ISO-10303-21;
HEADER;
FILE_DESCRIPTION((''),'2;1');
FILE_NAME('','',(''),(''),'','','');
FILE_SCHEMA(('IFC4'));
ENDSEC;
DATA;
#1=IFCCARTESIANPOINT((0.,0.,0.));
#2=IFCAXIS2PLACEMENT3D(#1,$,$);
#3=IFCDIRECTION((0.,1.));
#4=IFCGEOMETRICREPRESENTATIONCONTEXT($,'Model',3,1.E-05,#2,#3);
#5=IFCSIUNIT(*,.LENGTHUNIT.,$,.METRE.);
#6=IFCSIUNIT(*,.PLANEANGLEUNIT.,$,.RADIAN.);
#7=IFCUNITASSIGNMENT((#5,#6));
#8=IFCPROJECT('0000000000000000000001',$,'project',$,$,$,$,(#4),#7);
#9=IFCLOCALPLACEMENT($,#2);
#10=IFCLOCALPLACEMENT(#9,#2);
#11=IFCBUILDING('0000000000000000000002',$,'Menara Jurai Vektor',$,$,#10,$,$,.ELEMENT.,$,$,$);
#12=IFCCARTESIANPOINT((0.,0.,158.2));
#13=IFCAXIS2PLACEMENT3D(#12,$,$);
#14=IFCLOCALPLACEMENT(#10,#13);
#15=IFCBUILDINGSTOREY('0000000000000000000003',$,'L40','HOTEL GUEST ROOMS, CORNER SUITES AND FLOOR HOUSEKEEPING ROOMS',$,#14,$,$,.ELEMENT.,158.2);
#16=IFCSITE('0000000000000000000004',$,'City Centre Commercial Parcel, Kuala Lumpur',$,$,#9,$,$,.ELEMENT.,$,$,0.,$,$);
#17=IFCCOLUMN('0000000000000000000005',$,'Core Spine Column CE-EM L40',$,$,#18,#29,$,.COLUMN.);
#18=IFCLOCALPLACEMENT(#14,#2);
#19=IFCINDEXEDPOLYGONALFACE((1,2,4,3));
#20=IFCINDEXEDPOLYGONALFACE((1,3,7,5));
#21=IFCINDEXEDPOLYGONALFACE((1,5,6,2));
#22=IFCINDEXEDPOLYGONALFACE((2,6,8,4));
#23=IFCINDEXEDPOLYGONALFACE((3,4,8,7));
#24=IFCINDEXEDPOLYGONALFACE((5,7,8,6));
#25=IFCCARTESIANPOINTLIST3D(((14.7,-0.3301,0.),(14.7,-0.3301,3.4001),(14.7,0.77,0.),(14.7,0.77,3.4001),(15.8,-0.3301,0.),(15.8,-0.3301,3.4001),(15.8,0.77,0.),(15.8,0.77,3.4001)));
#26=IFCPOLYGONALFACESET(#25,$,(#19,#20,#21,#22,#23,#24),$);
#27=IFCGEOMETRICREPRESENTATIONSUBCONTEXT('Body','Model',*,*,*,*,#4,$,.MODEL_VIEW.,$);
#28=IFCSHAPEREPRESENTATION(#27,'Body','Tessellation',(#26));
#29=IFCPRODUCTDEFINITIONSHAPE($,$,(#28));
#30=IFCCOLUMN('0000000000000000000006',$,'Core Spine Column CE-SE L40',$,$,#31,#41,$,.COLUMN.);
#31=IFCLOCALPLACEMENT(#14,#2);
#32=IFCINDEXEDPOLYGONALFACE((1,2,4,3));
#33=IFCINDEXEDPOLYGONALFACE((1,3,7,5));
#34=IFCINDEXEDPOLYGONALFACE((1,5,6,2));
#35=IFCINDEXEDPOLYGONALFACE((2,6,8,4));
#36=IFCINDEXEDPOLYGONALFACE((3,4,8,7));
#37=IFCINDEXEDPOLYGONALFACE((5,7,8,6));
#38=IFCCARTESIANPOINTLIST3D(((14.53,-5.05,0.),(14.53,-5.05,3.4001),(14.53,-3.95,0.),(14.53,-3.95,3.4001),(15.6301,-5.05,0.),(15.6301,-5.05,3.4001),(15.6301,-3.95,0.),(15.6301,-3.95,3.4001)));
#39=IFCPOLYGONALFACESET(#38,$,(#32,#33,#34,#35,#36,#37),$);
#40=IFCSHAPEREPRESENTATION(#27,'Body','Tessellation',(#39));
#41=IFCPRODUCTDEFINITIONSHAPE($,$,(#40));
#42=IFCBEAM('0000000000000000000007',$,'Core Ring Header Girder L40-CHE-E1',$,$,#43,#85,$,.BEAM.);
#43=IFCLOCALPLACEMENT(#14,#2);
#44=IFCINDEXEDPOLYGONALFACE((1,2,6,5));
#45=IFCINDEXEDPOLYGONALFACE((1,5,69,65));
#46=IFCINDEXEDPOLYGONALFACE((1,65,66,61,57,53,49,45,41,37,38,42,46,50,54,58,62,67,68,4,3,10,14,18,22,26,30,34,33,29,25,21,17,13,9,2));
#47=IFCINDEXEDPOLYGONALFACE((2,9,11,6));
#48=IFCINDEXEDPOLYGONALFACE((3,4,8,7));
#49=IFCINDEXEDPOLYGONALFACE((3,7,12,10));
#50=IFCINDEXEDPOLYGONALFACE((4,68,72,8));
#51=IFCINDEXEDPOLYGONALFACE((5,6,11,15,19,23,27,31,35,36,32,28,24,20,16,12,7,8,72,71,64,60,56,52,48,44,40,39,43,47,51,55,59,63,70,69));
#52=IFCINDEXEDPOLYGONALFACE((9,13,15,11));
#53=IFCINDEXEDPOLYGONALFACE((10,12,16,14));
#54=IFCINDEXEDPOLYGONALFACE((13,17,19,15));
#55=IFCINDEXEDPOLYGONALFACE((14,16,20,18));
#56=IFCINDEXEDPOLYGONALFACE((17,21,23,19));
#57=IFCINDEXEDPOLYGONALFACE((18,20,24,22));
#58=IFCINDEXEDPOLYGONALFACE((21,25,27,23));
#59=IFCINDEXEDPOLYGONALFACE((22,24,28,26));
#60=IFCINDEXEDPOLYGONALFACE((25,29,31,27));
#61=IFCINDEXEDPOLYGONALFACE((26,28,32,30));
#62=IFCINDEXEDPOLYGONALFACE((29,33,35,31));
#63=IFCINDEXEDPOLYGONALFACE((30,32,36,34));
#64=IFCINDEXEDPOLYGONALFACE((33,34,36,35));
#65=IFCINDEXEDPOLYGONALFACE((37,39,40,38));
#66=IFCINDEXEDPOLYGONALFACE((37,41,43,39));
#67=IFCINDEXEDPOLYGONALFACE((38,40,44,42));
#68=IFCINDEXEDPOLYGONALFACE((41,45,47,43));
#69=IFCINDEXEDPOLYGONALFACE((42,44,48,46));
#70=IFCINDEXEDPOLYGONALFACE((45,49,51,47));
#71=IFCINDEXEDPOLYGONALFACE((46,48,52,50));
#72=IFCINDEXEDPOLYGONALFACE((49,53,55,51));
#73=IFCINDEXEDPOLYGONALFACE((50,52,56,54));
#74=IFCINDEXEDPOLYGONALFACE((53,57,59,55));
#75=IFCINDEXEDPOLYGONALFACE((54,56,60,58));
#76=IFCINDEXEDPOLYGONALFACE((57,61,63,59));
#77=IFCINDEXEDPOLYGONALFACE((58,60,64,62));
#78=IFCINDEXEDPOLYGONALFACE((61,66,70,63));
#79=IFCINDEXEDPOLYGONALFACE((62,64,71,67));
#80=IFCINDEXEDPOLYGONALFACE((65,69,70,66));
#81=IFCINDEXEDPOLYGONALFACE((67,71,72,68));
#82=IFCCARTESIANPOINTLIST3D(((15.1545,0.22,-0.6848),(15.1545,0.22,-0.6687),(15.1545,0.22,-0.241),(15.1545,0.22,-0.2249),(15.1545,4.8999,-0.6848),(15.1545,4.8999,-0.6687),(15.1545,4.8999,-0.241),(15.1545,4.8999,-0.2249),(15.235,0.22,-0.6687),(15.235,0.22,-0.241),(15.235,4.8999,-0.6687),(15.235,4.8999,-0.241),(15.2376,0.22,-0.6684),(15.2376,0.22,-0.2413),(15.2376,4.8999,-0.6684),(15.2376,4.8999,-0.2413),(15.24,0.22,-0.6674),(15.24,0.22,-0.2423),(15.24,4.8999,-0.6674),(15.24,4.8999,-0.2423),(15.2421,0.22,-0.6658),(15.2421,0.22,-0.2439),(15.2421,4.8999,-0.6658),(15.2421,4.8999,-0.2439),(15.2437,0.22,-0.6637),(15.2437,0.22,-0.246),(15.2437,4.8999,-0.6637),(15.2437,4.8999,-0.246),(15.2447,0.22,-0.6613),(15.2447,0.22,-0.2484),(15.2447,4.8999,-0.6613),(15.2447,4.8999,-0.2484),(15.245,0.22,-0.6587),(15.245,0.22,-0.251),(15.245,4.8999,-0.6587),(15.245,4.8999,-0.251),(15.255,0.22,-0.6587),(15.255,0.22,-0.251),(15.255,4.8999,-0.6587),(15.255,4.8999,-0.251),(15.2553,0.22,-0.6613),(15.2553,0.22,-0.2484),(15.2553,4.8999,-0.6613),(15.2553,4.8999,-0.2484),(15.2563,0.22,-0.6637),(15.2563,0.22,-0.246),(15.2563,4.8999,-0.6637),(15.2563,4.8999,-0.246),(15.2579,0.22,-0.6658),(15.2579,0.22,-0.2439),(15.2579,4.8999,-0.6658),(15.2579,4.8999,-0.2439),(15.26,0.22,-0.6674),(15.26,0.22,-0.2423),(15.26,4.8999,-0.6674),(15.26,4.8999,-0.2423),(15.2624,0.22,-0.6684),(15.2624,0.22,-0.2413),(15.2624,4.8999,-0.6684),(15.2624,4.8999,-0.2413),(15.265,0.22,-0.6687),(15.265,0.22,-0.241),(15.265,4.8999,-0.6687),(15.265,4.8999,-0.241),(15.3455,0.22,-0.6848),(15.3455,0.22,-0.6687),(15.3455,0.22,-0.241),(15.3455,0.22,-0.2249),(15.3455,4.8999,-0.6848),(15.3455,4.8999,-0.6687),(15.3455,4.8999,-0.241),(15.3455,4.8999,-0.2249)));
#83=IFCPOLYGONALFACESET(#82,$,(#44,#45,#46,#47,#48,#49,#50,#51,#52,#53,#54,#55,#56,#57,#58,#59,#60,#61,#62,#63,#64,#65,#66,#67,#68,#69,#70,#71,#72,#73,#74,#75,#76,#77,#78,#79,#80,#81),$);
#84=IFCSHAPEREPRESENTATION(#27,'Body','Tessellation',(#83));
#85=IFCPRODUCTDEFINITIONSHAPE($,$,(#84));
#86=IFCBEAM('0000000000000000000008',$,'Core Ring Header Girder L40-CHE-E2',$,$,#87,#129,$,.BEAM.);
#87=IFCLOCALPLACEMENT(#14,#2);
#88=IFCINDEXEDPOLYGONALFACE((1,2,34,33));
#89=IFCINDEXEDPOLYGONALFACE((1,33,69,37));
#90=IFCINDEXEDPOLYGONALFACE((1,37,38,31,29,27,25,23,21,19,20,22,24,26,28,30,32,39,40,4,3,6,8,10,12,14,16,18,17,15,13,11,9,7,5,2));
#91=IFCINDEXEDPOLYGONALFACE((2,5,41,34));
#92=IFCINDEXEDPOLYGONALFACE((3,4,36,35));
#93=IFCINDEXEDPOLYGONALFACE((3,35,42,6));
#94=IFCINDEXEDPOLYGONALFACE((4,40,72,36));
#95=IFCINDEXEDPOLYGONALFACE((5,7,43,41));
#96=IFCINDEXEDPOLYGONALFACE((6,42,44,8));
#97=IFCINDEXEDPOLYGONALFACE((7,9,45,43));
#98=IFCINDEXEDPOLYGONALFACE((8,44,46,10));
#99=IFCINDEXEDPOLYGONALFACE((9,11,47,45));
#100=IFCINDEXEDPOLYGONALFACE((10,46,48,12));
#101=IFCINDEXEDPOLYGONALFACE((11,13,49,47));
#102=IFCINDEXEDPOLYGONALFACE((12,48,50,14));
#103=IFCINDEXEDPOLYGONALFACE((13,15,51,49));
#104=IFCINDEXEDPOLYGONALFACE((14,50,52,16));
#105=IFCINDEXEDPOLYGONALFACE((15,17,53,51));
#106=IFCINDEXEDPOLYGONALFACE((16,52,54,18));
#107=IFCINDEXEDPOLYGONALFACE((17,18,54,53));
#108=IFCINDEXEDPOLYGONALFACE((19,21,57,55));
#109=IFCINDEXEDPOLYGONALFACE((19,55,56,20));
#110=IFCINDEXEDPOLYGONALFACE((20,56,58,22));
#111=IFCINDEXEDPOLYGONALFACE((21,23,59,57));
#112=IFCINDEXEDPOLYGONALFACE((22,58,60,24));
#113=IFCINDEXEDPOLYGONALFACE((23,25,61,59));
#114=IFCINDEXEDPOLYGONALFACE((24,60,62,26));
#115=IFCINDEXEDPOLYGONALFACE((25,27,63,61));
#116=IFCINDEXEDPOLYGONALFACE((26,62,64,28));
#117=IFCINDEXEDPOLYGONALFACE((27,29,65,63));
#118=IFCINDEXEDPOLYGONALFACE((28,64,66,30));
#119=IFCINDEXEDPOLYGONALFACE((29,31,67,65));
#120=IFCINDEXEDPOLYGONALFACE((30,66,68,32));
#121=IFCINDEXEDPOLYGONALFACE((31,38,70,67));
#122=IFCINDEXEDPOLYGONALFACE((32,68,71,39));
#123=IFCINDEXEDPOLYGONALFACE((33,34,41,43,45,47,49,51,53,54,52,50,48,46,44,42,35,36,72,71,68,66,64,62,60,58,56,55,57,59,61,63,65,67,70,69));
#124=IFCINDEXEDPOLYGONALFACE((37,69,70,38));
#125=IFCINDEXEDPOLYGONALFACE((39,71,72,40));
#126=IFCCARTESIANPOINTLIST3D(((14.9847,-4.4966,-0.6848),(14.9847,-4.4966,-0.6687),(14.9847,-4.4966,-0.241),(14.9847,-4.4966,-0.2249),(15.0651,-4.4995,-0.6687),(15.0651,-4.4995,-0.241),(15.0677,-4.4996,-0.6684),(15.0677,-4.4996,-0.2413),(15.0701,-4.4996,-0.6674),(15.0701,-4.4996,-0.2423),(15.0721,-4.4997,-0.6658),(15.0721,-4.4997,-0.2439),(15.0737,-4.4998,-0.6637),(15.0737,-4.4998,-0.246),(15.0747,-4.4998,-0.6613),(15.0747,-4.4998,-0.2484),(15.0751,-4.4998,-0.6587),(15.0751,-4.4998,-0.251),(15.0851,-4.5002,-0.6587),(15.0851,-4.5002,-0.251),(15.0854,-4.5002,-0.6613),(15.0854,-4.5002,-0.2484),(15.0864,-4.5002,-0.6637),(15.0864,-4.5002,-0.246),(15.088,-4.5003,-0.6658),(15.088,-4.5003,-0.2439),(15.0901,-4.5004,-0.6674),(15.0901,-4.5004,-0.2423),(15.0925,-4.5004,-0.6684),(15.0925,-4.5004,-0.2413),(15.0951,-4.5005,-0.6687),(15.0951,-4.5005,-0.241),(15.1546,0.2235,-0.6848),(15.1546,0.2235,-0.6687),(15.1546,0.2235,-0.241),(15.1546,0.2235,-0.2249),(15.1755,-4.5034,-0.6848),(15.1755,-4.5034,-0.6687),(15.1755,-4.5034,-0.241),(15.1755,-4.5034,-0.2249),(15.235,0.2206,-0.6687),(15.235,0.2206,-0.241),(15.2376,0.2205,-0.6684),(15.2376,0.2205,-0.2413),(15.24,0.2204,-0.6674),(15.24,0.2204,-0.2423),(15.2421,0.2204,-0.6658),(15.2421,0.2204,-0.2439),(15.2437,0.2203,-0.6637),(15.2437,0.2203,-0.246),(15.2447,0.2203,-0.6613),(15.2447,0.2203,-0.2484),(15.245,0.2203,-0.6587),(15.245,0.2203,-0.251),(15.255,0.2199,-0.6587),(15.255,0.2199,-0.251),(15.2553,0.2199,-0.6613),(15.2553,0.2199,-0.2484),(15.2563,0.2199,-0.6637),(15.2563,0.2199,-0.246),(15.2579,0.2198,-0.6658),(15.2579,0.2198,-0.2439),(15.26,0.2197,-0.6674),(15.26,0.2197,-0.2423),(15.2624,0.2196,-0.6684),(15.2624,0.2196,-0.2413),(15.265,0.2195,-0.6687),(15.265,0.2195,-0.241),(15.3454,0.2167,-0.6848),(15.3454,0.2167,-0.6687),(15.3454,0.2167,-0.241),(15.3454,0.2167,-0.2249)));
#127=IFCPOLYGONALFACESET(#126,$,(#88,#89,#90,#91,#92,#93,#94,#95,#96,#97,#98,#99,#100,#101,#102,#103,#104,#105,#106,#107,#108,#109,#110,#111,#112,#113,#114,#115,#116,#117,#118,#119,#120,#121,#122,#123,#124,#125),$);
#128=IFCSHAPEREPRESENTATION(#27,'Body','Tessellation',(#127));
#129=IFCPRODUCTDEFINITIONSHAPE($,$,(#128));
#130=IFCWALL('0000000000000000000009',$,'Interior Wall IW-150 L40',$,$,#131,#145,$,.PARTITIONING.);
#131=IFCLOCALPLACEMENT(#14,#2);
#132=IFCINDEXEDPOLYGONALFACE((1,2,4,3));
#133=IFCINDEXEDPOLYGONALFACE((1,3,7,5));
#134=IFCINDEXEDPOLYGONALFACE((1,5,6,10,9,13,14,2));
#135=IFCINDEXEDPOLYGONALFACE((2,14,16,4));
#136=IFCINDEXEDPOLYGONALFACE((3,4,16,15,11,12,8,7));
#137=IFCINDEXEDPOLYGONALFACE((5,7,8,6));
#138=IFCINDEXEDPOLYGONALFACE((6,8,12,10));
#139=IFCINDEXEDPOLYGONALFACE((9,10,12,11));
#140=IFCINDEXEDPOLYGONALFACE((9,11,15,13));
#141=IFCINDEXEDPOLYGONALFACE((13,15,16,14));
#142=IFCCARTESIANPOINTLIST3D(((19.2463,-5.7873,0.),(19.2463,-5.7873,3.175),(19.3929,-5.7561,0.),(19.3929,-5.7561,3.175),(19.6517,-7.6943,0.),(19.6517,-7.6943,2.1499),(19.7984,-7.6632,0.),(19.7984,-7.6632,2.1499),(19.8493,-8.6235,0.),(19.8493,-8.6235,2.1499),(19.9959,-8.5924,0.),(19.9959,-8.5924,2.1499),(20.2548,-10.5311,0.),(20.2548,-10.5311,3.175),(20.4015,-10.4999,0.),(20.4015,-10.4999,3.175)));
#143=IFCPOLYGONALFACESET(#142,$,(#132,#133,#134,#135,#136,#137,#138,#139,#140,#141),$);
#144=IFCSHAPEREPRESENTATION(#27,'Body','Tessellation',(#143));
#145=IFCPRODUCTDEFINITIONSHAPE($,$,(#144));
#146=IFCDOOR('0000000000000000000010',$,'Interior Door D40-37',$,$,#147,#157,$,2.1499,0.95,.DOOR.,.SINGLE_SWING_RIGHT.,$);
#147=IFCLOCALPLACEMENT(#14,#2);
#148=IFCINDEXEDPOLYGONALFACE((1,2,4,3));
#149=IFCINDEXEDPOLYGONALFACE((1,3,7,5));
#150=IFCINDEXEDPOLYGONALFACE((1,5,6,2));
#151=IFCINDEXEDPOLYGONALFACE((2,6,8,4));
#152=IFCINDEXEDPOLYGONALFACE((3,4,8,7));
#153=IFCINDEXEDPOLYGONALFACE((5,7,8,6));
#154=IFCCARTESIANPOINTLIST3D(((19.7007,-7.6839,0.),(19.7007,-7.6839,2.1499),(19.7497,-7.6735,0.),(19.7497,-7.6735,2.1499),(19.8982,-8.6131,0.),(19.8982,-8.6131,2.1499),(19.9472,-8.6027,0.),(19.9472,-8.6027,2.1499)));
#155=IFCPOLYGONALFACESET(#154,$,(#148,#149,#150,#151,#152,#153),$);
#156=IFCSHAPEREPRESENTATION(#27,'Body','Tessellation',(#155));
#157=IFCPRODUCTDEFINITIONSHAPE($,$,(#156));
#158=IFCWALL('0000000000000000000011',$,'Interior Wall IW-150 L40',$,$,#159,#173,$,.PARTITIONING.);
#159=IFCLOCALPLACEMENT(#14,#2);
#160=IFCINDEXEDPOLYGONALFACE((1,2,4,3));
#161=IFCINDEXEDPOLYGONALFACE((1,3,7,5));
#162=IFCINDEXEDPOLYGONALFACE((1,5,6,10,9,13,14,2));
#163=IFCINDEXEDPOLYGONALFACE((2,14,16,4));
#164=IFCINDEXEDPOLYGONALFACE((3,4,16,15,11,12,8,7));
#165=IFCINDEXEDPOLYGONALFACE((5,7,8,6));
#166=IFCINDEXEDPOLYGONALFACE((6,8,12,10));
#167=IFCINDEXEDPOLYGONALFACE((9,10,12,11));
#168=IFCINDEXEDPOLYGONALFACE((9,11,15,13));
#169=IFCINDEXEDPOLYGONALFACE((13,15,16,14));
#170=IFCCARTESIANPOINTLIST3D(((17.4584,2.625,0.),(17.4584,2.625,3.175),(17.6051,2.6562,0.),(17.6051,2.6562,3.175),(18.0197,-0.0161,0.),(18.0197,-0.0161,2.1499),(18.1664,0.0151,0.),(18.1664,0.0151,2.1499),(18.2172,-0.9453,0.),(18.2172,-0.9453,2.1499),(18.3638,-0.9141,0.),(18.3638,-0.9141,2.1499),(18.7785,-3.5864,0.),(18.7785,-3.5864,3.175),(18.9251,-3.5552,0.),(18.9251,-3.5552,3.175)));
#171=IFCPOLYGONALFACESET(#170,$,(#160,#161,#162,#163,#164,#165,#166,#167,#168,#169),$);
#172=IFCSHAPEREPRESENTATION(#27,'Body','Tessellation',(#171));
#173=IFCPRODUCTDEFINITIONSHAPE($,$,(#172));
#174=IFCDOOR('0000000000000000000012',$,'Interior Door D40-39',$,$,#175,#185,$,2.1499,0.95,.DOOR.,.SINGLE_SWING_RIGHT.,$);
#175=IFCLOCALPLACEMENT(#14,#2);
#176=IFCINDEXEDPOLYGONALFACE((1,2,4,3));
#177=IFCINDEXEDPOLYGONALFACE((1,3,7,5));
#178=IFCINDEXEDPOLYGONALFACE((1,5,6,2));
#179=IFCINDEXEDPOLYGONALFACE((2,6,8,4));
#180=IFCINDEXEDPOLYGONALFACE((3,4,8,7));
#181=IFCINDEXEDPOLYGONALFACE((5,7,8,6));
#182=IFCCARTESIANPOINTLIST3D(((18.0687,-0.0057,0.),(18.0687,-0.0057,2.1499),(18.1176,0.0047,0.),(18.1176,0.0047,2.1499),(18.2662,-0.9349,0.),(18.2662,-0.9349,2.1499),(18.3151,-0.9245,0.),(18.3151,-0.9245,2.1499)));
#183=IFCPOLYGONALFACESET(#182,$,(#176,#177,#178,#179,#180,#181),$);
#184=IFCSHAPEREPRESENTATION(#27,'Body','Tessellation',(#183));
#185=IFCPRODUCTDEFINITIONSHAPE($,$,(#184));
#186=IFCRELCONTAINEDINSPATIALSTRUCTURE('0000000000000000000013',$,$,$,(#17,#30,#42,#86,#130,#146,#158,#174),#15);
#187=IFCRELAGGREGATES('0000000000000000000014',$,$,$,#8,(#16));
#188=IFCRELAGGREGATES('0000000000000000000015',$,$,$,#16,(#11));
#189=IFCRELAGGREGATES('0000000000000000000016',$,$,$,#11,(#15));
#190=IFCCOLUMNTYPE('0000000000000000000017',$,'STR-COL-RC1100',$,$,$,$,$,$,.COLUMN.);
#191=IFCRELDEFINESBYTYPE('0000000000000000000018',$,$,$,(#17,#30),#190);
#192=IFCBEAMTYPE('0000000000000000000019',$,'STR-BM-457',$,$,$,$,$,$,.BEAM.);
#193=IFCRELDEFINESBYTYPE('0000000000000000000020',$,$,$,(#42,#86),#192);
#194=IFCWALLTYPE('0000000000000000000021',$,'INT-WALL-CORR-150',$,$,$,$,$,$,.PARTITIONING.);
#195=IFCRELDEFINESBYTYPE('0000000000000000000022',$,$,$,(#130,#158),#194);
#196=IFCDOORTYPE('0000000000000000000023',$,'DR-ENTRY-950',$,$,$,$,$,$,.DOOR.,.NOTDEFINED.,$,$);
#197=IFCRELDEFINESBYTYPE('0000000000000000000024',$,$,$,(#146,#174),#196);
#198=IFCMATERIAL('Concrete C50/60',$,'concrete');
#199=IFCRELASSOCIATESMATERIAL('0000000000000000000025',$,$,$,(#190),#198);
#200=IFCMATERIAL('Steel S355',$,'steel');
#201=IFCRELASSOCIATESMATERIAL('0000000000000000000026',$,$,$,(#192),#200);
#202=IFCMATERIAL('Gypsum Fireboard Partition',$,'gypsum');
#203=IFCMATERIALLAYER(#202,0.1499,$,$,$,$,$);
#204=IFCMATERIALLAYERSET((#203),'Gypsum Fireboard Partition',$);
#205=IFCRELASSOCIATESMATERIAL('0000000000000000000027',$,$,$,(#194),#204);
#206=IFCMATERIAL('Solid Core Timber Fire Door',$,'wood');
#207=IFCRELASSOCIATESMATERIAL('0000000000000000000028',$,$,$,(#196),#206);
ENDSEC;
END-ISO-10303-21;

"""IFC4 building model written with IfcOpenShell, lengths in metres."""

from ifc_helpers import new_model, si_unit, direction, frame, frame_2d, origin, origin_2d, place, context, subcontext, project, spatial, rectangle, i_section, extrude, material, layer, layer_set, material_profile, profile_set, type_object, element, fill, save


model = new_model("IFC4")

# Units and contexts
model_context = context("Model", 3, precision=1e-05, world=origin(), true_north=direction((0.0, 1.0)))
body_context = subcontext(model_context, "Body", "Model", "MODEL_VIEW")
ifc_project = project(units=[si_unit("LENGTHUNIT", "METRE"), si_unit("PLANEANGLEUNIT", "RADIAN")], contexts=[model_context])

# Site, building, storey
site_placement = place(None, origin())
site = spatial("IfcSite", under=ifc_project, at=site_placement, Name="City Centre Commercial Parcel, Kuala Lumpur", CompositionType="ELEMENT", RefElevation=0.0)
building_placement = place(site_placement, origin())
building = spatial("IfcBuilding", under=site, at=building_placement, Name="Menara Jurai Vektor", CompositionType="ELEMENT")
storey_placement = place(building_placement, frame((0.0, 0.0, 158.2)))
storey = spatial("IfcBuildingStorey", under=building, at=storey_placement, Name="L40", Description="HOTEL GUEST ROOMS, CORNER SUITES AND FLOOR HOUSEKEEPING ROOMS", CompositionType="ELEMENT", Elevation=158.2)

# Columns
ifc_material_1 = material(Name="Concrete C50/60", Category="concrete")
ifc_material_profile_1 = material_profile(ifc_material_1, rectangle(XDim=1.1001, YDim=1.1001, at=origin_2d()), Name="RC 1100x1100")
ifc_profile_set_1 = profile_set([ifc_material_profile_1], Name="Concrete C50/60")
column_type = type_object("IfcColumnType", Name="STR-COL-RC1100", PredefinedType="COLUMN", material=ifc_profile_set_1)
for number, where, z_axis, x_axis, name in (
    (1, (15.25, 0.22, 0.0), (0.0, 0.0, 1.0), (1.0, 0.0, 0.0), "Core Spine Column CE-EM L40"),
    (2, (15.0801, -4.5, 0.0), (0.0, 0.0, 1.0), (1.0, 0.0, 0.0), "Core Spine Column CE-SE L40"),
):
    element("IfcColumn", number, at=place(storey_placement, frame(where, z_axis=z_axis, x_axis=x_axis)), inside=storey, type_object=column_type, Name=name, PredefinedType="COLUMN", context=body_context, shape_type="SweptSolid", body=[
        extrude(rectangle(XDim=1.1001, YDim=1.1001, at=origin_2d()), origin(), (0.0, 0.0, 1.0), 3.4001),
    ])

# Beams
ifc_material_2 = material(Name="Steel S355", Category="steel")
ifc_material_profile_2 = material_profile(ifc_material_2, i_section(OverallWidth=0.1909, OverallDepth=0.46, WebThickness=0.01, FlangeThickness=0.0161, FilletRadius=0.01, at=origin_2d()), Name="UKB 457x191x82")
ifc_profile_set_2 = profile_set([ifc_material_profile_2], Name="Steel S355")
beam_type = type_object("IfcBeamType", Name="STR-BM-457", PredefinedType="BEAM", material=ifc_profile_set_2)
beam_1_placement = place(storey_placement, frame((15.25, 0.22, -0.4548), z_axis=(0.0, 1.0, 0.0), x_axis=(-1.0, 0.0, 0.0)))
element("IfcBeam", 3, at=beam_1_placement, inside=storey, type_object=beam_type, Name="Core Ring Header Girder L40-CHE-E1", PredefinedType="BEAM", context=body_context, shape_type="SweptSolid", body=[
    extrude(i_section(OverallWidth=0.1909, OverallDepth=0.46, WebThickness=0.01, FlangeThickness=0.0161, FilletRadius=0.01, at=origin_2d()), origin(), (0.0, 0.0, 1.0), 4.6799),
])
beam_2_placement = place(storey_placement, frame((15.0801, -4.5, -0.4548), z_axis=(0.035977, 0.999353, 0.0), x_axis=(-0.999353, 0.035977, 0.0)))
element("IfcBeam", 4, at=beam_2_placement, inside=storey, type_object=beam_type, Name="Core Ring Header Girder L40-CHE-E2", PredefinedType="BEAM", context=body_context, shape_type="SweptSolid", body=[
    extrude(i_section(OverallWidth=0.1909, OverallDepth=0.46, WebThickness=0.01, FlangeThickness=0.0161, FilletRadius=0.01, at=origin_2d()), origin(), (0.0, 0.0, 1.0), 4.7231),
])

# Walls, openings, doors
ifc_material_3 = material(Name="Gypsum Fireboard Partition", Category="gypsum")
ifc_layer_1 = layer(ifc_material_3, 0.1499)
ifc_layer_set_1 = layer_set([ifc_layer_1], Name="Gypsum Fireboard Partition")
wall_type_1 = type_object("IfcWallType", Name="INT-WALL-CORR-150", PredefinedType="PARTITIONING", material=ifc_layer_set_1)
wall_1_placement = place(storey_placement, frame((20.3281, -10.5154, 0.0), z_axis=(0.0, 0.0, 1.0), x_axis=(-0.207951, 0.978139, 0.0)))
wall_1 = element("IfcWall", 5, at=wall_1_placement, inside=storey, type_object=wall_type_1, Name="Interior Wall IW-150 L40", PredefinedType="PARTITIONING", context=body_context, shape_type="SweptSolid", body=[
    extrude(rectangle(XDim=4.8499, YDim=0.1499, at=frame_2d((2.4248, 0.0))), origin(), (0.0, 0.0, 1.0), 3.175),
])
opening_1_placement = place(wall_1_placement, frame((1.95, 0.0, 0.0)))
opening_1 = element("IfcOpeningElement", 6, at=opening_1_placement, cuts=wall_1, PredefinedType="OPENING", context=body_context, shape_type="SweptSolid", body=[
    extrude(rectangle(XDim=0.95, YDim=2.1499, at=frame_2d((0.4751, 1.075))), frame((0.0, 0.085, 0.0), z_axis=(0.0, -1.0, 0.0), x_axis=(1.0, 0.0, 0.0)), (0.0, 0.0, 1.0), 0.1699),
])
ifc_material_4 = material(Name="Solid Core Timber Fire Door", Category="wood")
door_type_1 = type_object("IfcDoorType", Name="DR-ENTRY-950", OperationType="NOTDEFINED", PredefinedType="DOOR", material=ifc_material_4)
door_1_placement = place(opening_1_placement, origin())
door_1 = element("IfcDoor", 7, at=door_1_placement, inside=storey, type_object=door_type_1, Name="Interior Door D40-37", OperationType="SINGLE_SWING_RIGHT", OverallHeight=2.1499, OverallWidth=0.95, PredefinedType="DOOR", context=body_context, shape_type="SweptSolid", body=[
    extrude(rectangle(XDim=0.95, YDim=2.1499, at=frame_2d((0.4751, 1.075))), frame((0.0, 0.0249, 0.0), z_axis=(0.0, -1.0, 0.0), x_axis=(1.0, 0.0, 0.0)), (0.0, 0.0, 1.0), 0.05),
])
fill(opening_1, door_1)
wall_2_placement = place(storey_placement, frame((18.8518, -3.5708, 0.0), z_axis=(0.0, 0.0, 1.0), x_axis=(-0.20788, 0.978154, 0.0)))
wall_2 = element("IfcWall", 8, at=wall_2_placement, inside=storey, type_object=wall_type_1, Name="Interior Wall IW-150 L40", PredefinedType="PARTITIONING", context=body_context, shape_type="SweptSolid", body=[
    extrude(rectangle(XDim=6.3501, YDim=0.1499, at=frame_2d((3.175, 0.0))), origin(), (0.0, 0.0, 1.0), 3.175),
])
opening_2_placement = place(wall_2_placement, frame((2.7, 0.0, 0.0)))
opening_2 = element("IfcOpeningElement", 9, at=opening_2_placement, cuts=wall_2, PredefinedType="OPENING", context=body_context, shape_type="SweptSolid", body=[
    extrude(rectangle(XDim=0.95, YDim=2.1499, at=frame_2d((0.4751, 1.075))), frame((0.0, 0.085, 0.0), z_axis=(0.0, -1.0, 0.0), x_axis=(1.0, 0.0, 0.0)), (0.0, 0.0, 1.0), 0.1699),
])
door_2_placement = place(opening_2_placement, origin())
door_2 = element("IfcDoor", 10, at=door_2_placement, inside=storey, type_object=door_type_1, Name="Interior Door D40-39", OperationType="SINGLE_SWING_RIGHT", OverallHeight=2.1499, OverallWidth=0.95, PredefinedType="DOOR", context=body_context, shape_type="SweptSolid", body=[
    extrude(rectangle(XDim=0.95, YDim=2.1499, at=frame_2d((0.4751, 1.075))), frame((0.0, 0.0249, 0.0), z_axis=(0.0, -1.0, 0.0), x_axis=(1.0, 0.0, 0.0)), (0.0, 0.0, 1.0), 0.05),
])
fill(opening_2, door_2)

save(model, "model.ifc")
